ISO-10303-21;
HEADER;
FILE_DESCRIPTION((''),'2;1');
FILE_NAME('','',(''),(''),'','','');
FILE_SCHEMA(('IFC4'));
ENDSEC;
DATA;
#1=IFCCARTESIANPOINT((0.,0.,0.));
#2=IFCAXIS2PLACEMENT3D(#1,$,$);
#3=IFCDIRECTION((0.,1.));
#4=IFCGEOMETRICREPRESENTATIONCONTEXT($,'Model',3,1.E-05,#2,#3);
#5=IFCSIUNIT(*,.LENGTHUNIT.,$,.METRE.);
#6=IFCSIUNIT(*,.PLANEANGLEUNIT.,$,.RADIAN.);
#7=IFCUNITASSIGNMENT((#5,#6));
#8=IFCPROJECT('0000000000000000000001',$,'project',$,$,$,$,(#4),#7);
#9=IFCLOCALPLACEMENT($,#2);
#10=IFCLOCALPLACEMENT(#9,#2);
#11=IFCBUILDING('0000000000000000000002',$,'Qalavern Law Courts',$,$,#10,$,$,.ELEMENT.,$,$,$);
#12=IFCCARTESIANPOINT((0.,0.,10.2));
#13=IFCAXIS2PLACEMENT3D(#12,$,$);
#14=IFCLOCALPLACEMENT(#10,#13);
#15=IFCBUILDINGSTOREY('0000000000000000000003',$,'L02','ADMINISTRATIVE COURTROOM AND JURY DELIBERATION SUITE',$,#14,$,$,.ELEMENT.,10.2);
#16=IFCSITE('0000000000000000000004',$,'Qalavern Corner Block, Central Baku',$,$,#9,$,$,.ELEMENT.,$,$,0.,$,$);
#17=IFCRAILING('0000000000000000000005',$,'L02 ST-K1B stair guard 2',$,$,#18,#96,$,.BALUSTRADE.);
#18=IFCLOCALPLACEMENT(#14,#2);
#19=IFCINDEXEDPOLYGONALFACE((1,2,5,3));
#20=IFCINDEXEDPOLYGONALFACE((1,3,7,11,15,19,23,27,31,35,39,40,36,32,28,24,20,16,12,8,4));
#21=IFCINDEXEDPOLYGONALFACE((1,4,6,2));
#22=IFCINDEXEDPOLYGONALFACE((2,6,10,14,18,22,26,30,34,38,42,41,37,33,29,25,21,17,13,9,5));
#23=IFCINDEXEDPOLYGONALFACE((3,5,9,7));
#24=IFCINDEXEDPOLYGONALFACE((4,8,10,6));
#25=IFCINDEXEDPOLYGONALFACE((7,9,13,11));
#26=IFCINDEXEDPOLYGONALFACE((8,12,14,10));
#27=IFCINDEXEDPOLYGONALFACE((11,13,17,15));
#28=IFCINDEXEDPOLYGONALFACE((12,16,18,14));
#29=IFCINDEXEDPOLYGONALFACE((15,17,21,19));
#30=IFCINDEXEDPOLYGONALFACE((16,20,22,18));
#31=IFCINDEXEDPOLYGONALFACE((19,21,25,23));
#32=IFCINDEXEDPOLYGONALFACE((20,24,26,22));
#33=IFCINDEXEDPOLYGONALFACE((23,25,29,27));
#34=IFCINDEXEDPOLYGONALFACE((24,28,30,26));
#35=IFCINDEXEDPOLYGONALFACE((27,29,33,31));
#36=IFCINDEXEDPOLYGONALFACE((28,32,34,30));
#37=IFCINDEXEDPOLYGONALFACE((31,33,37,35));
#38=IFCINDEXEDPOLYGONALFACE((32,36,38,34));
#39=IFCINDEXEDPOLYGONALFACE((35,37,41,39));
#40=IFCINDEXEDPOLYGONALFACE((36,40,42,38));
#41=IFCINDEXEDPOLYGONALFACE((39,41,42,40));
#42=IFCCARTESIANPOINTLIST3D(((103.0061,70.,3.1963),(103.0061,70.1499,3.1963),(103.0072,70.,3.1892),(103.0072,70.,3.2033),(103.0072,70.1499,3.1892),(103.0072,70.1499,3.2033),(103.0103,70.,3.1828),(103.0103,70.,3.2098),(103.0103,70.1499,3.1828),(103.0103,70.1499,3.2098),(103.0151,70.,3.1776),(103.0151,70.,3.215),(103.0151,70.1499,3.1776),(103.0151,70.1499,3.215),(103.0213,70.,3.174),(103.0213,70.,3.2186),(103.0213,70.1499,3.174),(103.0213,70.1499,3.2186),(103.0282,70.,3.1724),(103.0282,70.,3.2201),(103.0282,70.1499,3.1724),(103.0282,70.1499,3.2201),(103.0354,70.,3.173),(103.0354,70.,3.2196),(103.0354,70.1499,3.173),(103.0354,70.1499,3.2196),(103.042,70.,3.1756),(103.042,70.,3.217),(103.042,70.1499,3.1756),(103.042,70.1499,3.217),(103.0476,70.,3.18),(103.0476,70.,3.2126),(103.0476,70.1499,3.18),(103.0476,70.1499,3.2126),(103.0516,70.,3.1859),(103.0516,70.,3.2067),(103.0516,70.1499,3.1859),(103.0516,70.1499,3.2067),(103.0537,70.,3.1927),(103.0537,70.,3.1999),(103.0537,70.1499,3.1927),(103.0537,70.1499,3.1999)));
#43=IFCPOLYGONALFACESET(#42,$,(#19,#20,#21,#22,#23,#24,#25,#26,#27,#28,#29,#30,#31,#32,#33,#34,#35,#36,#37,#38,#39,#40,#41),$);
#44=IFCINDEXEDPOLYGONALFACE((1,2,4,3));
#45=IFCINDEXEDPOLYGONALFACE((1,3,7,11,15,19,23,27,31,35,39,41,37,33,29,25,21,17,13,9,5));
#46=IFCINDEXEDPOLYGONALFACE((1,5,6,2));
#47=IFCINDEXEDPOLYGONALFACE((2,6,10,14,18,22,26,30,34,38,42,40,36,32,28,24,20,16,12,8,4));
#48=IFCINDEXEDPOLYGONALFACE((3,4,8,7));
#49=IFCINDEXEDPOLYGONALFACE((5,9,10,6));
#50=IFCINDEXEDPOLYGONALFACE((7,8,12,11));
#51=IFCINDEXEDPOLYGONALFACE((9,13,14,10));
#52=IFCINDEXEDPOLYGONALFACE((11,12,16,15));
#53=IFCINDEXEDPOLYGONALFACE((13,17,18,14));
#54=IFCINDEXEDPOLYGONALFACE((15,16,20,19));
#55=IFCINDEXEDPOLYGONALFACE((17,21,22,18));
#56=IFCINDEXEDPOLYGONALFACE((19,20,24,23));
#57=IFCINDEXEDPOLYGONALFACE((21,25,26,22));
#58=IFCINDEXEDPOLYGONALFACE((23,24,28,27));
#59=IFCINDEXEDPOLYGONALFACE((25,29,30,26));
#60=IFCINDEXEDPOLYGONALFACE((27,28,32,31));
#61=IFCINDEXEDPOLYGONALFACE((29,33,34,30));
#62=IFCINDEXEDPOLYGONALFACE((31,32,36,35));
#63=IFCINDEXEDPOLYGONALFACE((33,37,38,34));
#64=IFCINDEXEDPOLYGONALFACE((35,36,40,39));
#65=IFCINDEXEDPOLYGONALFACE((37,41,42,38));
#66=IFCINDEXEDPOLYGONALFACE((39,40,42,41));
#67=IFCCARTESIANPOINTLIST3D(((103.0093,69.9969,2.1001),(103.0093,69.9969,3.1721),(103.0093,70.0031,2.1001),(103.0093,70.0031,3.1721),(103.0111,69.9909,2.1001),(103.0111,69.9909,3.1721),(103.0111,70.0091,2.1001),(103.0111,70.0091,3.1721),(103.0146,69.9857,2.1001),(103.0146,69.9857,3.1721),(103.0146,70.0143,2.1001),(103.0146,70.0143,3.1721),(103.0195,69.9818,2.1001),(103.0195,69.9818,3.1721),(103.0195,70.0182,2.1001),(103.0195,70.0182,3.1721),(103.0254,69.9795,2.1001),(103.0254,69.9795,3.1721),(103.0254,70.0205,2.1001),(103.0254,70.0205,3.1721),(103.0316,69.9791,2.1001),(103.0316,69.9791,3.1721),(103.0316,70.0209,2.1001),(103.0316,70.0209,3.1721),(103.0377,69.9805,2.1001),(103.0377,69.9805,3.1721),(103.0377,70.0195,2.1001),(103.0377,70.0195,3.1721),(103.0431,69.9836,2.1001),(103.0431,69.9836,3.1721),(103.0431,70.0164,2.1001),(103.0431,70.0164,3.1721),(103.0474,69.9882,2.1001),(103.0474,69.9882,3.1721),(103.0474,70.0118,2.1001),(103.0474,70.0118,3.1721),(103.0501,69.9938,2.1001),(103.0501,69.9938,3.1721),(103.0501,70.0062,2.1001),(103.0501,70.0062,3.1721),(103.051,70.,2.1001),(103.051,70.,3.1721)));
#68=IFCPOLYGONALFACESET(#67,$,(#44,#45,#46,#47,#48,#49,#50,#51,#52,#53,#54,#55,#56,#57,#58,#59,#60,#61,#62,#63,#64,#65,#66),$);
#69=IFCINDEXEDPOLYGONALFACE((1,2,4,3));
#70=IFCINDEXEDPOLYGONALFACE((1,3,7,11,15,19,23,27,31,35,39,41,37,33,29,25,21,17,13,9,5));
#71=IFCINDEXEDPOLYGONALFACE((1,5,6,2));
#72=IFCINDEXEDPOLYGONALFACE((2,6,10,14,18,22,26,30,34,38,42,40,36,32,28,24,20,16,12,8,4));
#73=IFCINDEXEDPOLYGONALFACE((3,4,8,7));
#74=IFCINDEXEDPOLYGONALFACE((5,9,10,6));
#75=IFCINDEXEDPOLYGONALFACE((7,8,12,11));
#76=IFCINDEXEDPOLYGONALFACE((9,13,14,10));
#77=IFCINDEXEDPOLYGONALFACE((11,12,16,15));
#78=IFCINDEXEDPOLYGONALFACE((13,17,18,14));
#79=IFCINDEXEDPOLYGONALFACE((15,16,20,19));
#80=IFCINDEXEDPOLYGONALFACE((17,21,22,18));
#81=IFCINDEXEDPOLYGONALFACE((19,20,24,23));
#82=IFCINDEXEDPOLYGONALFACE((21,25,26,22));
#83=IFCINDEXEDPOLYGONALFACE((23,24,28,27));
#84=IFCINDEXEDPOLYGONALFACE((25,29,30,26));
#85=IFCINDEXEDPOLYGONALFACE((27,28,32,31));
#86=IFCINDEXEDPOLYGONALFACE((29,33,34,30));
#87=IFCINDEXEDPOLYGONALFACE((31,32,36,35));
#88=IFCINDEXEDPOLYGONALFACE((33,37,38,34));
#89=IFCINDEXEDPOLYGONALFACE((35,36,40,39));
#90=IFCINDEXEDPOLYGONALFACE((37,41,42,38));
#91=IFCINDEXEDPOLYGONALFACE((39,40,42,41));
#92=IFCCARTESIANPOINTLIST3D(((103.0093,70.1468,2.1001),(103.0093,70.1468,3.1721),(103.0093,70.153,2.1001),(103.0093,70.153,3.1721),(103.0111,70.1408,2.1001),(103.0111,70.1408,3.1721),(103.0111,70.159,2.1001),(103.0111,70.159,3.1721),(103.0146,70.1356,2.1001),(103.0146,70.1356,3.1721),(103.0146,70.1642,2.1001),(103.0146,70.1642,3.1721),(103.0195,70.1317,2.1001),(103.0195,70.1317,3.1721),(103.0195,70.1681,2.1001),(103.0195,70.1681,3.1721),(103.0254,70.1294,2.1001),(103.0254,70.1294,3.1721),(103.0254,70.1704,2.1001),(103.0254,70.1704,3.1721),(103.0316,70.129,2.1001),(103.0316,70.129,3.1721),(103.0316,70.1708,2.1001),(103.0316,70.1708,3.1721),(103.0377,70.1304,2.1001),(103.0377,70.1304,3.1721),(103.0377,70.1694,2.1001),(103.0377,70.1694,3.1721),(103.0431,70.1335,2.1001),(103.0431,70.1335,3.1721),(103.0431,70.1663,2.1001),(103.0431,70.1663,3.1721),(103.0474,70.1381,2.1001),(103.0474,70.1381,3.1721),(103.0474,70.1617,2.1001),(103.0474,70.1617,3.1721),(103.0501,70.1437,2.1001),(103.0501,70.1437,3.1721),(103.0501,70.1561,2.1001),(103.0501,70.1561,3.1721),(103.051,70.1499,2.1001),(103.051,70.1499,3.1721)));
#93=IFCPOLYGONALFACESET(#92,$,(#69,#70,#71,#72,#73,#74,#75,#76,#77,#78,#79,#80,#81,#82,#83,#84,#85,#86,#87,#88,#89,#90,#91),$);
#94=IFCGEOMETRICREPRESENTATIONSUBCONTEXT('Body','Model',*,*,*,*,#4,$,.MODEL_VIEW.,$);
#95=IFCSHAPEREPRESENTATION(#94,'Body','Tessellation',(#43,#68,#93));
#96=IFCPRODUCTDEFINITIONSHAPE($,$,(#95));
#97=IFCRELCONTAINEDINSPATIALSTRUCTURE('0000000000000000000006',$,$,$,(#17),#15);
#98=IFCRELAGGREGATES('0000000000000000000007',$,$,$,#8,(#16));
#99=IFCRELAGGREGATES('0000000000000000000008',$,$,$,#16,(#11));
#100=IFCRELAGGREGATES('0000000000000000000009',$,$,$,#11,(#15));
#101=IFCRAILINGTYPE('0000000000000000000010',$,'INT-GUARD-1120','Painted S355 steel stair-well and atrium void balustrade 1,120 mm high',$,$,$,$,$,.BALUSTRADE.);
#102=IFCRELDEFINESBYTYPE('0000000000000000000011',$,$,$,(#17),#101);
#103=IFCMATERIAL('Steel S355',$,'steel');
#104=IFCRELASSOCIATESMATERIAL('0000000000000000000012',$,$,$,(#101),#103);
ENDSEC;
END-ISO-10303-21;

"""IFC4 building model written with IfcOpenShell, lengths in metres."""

from ifc_helpers import new_model, si_unit, direction, frame, origin, origin_2d, place, context, subcontext, project, spatial, circle, extrude, material, type_object, element, save


model = new_model("IFC4")

# Units and contexts
model_context = context("Model", 3, precision=1e-05, world=origin(), true_north=direction((0.0, 1.0)))
body_context = subcontext(model_context, "Body", "Model", "MODEL_VIEW")
ifc_project = project(units=[si_unit("LENGTHUNIT", "METRE"), si_unit("PLANEANGLEUNIT", "RADIAN")], contexts=[model_context])

# Site, building, storey
site_placement = place(None, origin())
site = spatial("IfcSite", under=ifc_project, at=site_placement, Name="Qalavern Corner Block, Central Baku", CompositionType="ELEMENT", RefElevation=0.0)
building_placement = place(site_placement, origin())
building = spatial("IfcBuilding", under=site, at=building_placement, Name="Qalavern Law Courts", CompositionType="ELEMENT")
storey_placement = place(building_placement, frame((0.0, 0.0, 10.2)))
storey = spatial("IfcBuildingStorey", under=building, at=storey_placement, Name="L02", Description="ADMINISTRATIVE COURTROOM AND JURY DELIBERATION SUITE", CompositionType="ELEMENT", Elevation=10.2)

# Shared definitions
ifc_material_1 = material(Name="Steel S355", Category="steel")

# Railing
railing_type_1 = type_object("IfcRailingType", Name="INT-GUARD-1120", Description="Painted S355 steel stair-well and atrium void balustrade 1,120 mm high", PredefinedType="BALUSTRADE", material=ifc_material_1)
railing_1_placement = place(storey_placement, frame((103.03, 70.0, 2.1001)))
element("IfcRailing", 1, at=railing_1_placement, inside=storey, type_object=railing_type_1, Name="L02 ST-K1B stair guard 2", PredefinedType="BALUSTRADE", context=body_context, shape_type="SweptSolid", body=[
    extrude(circle(Radius=0.0239, at=origin_2d()), frame((0.0, 0.0, 1.0962), z_axis=(0.0, 1.0, 0.0), x_axis=(-1.0, 0.0, 0.0)), (0.0, 0.0, 1.0), 0.1499),
    extrude(circle(Radius=0.021, at=origin_2d()), origin(), (0.0, 0.0, 1.0), 1.072),
    extrude(circle(Radius=0.021, at=origin_2d()), frame((0.0, 0.1499, 0.0)), (0.0, 0.0, 1.0), 1.072),
])

save(model, "model.ifc")
